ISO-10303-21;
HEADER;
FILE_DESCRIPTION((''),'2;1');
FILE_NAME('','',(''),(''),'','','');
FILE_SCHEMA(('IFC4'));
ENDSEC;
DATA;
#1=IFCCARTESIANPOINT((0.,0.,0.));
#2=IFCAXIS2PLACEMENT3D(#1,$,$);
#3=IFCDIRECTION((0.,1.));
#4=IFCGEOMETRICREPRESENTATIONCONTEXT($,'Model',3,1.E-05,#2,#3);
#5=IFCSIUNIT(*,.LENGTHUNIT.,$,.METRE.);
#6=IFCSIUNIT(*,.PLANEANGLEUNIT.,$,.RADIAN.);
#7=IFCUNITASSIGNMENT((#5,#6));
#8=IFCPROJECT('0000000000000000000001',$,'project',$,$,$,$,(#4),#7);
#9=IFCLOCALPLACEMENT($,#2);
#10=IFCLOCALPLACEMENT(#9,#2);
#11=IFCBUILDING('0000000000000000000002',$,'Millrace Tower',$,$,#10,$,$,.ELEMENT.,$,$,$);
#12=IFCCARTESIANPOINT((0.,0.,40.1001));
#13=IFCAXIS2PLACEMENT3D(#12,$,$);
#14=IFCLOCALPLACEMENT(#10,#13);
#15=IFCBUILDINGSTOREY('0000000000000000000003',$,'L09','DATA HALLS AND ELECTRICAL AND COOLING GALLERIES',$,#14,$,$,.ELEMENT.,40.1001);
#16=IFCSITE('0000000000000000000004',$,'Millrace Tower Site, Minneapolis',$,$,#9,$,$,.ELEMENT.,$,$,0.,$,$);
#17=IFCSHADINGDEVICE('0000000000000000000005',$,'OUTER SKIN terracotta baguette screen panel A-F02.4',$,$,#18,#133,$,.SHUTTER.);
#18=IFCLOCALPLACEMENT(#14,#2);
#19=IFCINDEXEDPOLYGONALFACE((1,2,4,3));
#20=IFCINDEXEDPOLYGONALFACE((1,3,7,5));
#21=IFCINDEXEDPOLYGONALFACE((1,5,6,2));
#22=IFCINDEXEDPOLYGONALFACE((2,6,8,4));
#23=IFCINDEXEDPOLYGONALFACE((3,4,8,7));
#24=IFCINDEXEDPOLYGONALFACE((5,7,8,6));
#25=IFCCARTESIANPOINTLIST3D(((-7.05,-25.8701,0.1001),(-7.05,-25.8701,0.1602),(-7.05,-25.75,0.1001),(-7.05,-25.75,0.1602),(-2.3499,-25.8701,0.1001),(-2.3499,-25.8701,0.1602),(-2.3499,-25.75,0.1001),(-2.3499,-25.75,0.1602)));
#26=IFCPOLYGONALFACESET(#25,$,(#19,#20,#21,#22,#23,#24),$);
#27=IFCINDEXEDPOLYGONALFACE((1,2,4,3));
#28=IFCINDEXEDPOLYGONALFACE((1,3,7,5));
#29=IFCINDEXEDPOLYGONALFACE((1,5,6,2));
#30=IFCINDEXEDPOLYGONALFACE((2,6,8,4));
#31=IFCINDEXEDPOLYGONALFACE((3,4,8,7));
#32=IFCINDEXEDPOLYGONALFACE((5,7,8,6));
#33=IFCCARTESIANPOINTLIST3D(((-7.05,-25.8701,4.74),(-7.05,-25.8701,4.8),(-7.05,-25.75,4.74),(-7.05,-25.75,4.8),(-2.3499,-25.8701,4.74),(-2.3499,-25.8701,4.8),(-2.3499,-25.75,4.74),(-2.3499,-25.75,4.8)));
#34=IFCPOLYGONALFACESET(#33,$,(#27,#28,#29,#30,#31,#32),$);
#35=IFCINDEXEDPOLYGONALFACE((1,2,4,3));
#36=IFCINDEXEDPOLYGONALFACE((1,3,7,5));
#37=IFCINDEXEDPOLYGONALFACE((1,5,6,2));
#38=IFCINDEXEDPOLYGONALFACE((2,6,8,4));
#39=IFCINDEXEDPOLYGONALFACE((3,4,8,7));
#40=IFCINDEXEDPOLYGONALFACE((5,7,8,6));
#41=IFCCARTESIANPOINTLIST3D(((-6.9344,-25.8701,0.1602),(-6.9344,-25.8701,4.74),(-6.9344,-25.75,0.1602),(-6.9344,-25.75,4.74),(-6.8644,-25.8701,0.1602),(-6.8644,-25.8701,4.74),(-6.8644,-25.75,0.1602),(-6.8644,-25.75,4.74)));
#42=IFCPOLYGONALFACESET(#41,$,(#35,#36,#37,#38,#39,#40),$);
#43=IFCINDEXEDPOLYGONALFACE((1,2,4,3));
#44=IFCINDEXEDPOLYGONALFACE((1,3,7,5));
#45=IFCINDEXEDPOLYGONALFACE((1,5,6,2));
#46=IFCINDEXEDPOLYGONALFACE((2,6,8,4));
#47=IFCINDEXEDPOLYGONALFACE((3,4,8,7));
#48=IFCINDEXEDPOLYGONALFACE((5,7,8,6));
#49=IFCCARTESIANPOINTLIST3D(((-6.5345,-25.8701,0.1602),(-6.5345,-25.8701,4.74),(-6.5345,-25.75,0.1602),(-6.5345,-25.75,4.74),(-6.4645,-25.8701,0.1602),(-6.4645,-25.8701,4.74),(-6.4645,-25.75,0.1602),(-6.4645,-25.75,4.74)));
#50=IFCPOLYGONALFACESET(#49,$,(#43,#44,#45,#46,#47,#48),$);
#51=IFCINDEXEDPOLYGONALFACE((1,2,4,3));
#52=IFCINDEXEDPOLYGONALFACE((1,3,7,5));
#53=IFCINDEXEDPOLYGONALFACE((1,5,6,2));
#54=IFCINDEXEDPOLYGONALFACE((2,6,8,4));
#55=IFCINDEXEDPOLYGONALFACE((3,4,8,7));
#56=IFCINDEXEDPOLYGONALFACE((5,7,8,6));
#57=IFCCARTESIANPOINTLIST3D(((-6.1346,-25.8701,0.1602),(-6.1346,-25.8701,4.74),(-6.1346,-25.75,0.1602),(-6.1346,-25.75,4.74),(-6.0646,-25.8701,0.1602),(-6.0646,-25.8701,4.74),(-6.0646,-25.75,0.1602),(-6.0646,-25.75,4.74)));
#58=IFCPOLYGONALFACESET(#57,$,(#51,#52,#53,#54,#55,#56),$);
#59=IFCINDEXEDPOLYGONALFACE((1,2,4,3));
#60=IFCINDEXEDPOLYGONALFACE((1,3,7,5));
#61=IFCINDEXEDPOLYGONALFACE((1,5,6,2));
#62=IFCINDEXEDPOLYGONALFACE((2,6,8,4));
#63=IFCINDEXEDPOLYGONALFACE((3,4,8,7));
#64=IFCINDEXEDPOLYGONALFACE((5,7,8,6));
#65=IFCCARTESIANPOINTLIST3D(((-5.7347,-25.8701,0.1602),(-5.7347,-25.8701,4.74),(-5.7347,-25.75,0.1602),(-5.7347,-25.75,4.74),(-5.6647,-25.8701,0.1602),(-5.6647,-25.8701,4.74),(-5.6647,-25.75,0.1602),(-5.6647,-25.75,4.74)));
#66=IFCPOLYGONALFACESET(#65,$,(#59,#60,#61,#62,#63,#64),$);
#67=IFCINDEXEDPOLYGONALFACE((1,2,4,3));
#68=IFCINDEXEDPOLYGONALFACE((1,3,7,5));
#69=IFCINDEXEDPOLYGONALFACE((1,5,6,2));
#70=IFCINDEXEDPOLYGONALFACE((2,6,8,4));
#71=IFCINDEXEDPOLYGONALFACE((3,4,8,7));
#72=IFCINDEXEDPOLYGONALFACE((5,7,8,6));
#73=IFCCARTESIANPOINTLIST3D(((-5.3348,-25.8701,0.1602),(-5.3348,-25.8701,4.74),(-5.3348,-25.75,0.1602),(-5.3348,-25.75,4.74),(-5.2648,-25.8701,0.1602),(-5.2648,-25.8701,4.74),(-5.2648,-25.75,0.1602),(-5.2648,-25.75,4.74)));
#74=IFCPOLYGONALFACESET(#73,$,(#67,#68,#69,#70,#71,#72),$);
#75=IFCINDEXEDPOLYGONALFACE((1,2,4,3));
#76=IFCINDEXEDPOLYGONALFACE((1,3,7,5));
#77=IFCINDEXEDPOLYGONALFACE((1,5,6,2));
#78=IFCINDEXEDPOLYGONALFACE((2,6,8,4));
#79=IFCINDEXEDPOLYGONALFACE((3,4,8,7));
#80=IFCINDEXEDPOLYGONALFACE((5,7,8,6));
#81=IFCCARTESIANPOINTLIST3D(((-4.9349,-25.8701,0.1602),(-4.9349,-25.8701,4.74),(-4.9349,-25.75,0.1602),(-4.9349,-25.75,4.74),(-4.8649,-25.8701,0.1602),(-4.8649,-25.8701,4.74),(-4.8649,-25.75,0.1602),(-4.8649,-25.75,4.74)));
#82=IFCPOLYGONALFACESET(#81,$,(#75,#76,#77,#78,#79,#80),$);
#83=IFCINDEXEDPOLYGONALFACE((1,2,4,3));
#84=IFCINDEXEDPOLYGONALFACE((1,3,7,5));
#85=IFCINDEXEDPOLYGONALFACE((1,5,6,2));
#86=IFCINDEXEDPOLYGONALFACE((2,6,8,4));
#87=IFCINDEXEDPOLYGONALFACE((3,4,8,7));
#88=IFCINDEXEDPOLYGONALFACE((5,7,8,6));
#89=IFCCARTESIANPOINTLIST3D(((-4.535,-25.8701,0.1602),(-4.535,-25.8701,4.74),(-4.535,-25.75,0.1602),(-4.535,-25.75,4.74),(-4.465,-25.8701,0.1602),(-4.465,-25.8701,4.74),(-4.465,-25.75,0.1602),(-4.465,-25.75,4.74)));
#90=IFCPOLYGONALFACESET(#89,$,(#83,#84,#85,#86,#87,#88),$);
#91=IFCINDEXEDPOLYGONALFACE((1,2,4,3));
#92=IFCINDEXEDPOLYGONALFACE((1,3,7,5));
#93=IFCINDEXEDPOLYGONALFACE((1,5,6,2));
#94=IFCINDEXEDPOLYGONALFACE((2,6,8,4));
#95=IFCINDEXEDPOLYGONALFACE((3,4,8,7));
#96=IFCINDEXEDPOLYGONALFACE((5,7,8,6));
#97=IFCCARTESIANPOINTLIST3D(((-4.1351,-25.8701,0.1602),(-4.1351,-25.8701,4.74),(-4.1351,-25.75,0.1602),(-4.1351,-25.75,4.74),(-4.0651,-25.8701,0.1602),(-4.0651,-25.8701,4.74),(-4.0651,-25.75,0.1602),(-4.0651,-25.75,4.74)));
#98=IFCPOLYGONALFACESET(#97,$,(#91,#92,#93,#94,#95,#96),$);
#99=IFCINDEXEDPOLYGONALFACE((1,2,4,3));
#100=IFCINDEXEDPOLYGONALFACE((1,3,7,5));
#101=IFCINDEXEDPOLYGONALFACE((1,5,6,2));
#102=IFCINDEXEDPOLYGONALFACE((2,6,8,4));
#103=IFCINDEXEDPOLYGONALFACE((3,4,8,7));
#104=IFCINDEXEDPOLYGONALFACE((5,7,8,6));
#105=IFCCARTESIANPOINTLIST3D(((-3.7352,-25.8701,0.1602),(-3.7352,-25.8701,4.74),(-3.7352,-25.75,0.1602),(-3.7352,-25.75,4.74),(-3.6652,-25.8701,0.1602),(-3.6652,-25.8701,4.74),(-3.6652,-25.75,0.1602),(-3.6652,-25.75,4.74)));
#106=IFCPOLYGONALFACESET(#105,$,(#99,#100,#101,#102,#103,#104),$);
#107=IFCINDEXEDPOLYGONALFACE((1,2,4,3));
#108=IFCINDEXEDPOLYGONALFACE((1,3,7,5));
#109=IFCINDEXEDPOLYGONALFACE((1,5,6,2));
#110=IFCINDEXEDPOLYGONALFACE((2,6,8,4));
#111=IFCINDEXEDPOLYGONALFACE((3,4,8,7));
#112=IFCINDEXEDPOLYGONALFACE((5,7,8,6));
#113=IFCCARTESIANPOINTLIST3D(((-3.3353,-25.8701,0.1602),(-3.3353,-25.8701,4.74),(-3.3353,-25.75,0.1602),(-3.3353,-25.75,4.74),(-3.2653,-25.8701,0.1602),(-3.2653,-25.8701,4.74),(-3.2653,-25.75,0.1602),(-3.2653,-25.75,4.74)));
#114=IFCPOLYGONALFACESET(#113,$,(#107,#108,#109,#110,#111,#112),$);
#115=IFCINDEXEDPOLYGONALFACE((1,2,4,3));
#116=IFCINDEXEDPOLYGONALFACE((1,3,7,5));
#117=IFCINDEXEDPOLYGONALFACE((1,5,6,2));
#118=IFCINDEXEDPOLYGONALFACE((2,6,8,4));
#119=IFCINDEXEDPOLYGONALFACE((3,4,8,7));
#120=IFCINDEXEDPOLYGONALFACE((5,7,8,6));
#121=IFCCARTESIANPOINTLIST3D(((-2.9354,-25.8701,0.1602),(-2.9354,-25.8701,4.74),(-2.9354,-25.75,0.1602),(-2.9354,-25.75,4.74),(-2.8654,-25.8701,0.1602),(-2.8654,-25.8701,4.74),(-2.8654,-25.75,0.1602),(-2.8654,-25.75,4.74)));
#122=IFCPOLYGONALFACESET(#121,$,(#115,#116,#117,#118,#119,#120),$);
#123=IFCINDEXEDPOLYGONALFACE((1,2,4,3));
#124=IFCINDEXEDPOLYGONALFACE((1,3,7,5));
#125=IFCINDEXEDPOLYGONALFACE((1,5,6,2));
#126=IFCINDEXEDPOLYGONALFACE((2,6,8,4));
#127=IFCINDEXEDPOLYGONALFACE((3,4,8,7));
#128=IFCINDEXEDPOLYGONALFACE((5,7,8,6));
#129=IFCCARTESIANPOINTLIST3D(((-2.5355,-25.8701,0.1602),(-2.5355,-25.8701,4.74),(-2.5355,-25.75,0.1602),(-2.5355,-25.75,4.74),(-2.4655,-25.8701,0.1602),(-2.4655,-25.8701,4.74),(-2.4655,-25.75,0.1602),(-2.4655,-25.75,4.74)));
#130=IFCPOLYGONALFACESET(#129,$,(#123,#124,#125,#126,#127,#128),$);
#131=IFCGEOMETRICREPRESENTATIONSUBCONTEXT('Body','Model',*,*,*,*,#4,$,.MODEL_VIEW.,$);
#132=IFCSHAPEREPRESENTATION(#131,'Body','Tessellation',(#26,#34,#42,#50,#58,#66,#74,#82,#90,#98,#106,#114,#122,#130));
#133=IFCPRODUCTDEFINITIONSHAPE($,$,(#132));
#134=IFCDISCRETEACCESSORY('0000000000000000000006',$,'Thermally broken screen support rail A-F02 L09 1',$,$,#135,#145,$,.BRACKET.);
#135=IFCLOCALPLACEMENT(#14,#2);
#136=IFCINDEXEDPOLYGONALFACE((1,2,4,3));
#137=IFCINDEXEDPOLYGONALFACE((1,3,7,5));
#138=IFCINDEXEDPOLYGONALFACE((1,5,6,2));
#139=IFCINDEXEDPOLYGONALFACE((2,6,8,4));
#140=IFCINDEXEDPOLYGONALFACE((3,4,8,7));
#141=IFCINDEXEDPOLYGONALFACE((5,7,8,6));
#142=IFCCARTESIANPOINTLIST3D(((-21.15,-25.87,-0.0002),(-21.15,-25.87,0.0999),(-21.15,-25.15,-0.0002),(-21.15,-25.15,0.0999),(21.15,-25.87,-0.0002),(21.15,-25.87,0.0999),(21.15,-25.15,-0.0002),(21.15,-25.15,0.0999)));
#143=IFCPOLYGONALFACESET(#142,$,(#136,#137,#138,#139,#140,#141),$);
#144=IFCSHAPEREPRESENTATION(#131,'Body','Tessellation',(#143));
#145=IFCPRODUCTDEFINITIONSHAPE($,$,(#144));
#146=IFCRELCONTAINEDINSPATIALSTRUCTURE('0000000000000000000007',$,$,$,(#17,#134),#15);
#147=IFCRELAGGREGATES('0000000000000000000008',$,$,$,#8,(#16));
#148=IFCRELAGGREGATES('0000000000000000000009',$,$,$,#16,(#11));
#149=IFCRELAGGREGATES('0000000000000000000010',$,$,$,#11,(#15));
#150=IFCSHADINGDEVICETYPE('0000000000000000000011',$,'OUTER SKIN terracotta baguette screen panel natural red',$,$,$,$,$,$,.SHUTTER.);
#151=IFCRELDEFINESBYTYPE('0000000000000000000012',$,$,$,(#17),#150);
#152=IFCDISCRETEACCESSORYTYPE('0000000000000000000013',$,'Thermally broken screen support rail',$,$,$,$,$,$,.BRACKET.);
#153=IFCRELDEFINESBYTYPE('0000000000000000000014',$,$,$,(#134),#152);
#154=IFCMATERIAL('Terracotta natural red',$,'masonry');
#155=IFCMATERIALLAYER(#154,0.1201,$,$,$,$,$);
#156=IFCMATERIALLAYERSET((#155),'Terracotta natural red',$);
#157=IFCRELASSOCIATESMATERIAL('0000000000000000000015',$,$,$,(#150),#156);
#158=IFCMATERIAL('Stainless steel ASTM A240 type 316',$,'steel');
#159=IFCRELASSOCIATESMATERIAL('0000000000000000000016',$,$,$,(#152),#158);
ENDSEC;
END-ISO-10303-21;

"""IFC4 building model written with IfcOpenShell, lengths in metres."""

from ifc_helpers import new_model, entity, si_unit, direction, frame, frame_2d, origin, origin_2d, place, context, subcontext, project, spatial, rectangle, extrude, source, transform, mapped, material, layer, layer_set, type_object, element, save


model = new_model("IFC4")

# Units and contexts
model_context = context("Model", 3, precision=1e-05, world=origin(), true_north=direction((0.0, 1.0)))
body_context = subcontext(model_context, "Body", "Model", "MODEL_VIEW")
ifc_project = project(units=[si_unit("LENGTHUNIT", "METRE"), si_unit("PLANEANGLEUNIT", "RADIAN")], contexts=[model_context])

# Site, building, storey
site_placement = place(None, origin())
site = spatial("IfcSite", under=ifc_project, at=site_placement, Name="Millrace Tower Site, Minneapolis", CompositionType="ELEMENT", RefElevation=0.0)
building_placement = place(site_placement, origin())
building = spatial("IfcBuilding", under=site, at=building_placement, Name="Millrace Tower", CompositionType="ELEMENT")
storey_placement = place(building_placement, frame((0.0, 0.0, 40.1001)))
storey = spatial("IfcBuildingStorey", under=building, at=storey_placement, Name="L09", Description="DATA HALLS AND ELECTRICAL AND COOLING GALLERIES", CompositionType="ELEMENT", Elevation=40.1001)

# Shading device
cartesian_point = entity("IfcCartesianPoint", [-2.3501, 0.0601])
shared_polyline = entity("IfcPolyline", [cartesian_point, entity("IfcCartesianPoint", [2.3501, 0.0601]), entity("IfcCartesianPoint", [2.3501, -0.0601]), entity("IfcCartesianPoint", [-2.3501, -0.0601]), cartesian_point])
ifc_material_1 = material(Name="Terracotta natural red", Category="masonry")
ifc_layer_1 = layer(ifc_material_1, 0.1201)
ifc_layer_set_1 = layer_set([ifc_layer_1], Name="Terracotta natural red")
shading_device_type_1 = type_object("IfcShadingDeviceType", Name="OUTER SKIN terracotta baguette screen panel natural red", PredefinedType="SHUTTER", material=ifc_layer_set_1)
shared_shape_1 = source(origin(), body_context, "Body", "SweptSolid", [
    entity("IfcExtrudedAreaSolid", entity("IfcArbitraryClosedProfileDef", "AREA", None, shared_polyline), entity("IfcAxis2Placement3D", entity("IfcCartesianPoint", [0.0, 0.0, 0.0])), entity("IfcDirection", [0.0, 0.0, 1.0]), 0.0601),
    entity("IfcExtrudedAreaSolid", entity("IfcArbitraryClosedProfileDef", "AREA", None, shared_polyline), entity("IfcAxis2Placement3D", entity("IfcCartesianPoint", [0.0, 0.0, 4.6399])), entity("IfcDirection", [0.0, 0.0, 1.0]), 0.0601),
    extrude(rectangle(XDim=0.0701, YDim=0.1201, at=frame_2d((-2.1995, 0.0))), frame((0.0, 0.0, 0.0601)), (0.0, 0.0, 1.0), 4.5798),
    extrude(rectangle(XDim=0.0701, YDim=0.1201, at=frame_2d((-1.7996, 0.0))), frame((0.0, 0.0, 0.0601)), (0.0, 0.0, 1.0), 4.5798),
    extrude(rectangle(XDim=0.0701, YDim=0.1201, at=frame_2d((-1.3997, 0.0))), frame((0.0, 0.0, 0.0601)), (0.0, 0.0, 1.0), 4.5798),
    extrude(rectangle(XDim=0.0701, YDim=0.1201, at=frame_2d((-0.9998, 0.0))), frame((0.0, 0.0, 0.0601)), (0.0, 0.0, 1.0), 4.5798),
    extrude(rectangle(XDim=0.0701, YDim=0.1201, at=frame_2d((-0.5999, 0.0))), frame((0.0, 0.0, 0.0601)), (0.0, 0.0, 1.0), 4.5798),
    extrude(rectangle(XDim=0.0701, YDim=0.1201, at=frame_2d((-0.2, 0.0))), frame((0.0, 0.0, 0.0601)), (0.0, 0.0, 1.0), 4.5798),
    extrude(rectangle(XDim=0.0701, YDim=0.1201, at=frame_2d((0.2, 0.0))), frame((0.0, 0.0, 0.0601)), (0.0, 0.0, 1.0), 4.5798),
    extrude(rectangle(XDim=0.0701, YDim=0.1201, at=frame_2d((0.5999, 0.0))), frame((0.0, 0.0, 0.0601)), (0.0, 0.0, 1.0), 4.5798),
    extrude(rectangle(XDim=0.0701, YDim=0.1201, at=frame_2d((0.9998, 0.0))), frame((0.0, 0.0, 0.0601)), (0.0, 0.0, 1.0), 4.5798),
    extrude(rectangle(XDim=0.0701, YDim=0.1201, at=frame_2d((1.3997, 0.0))), frame((0.0, 0.0, 0.0601)), (0.0, 0.0, 1.0), 4.5798),
    extrude(rectangle(XDim=0.0701, YDim=0.1201, at=frame_2d((1.7996, 0.0))), frame((0.0, 0.0, 0.0601)), (0.0, 0.0, 1.0), 4.5798),
    extrude(rectangle(XDim=0.0701, YDim=0.1201, at=frame_2d((2.1995, 0.0))), frame((0.0, 0.0, 0.0601)), (0.0, 0.0, 1.0), 4.5798),
])
for number, where, z_axis, x_axis, name in (
    (1, (-4.7, -25.8101, 0.1001), (0.0, 0.0, 1.0), (1.0, 0.0, 0.0), "OUTER SKIN terracotta baguette screen panel A-F02.4"),
):
    element("IfcShadingDevice", number, at=place(storey_placement, frame(where, z_axis=z_axis, x_axis=x_axis)), inside=storey, type_object=shading_device_type_1, Name=name, PredefinedType="SHUTTER", context=body_context, shape_type="MappedRepresentation", body=[
        mapped(shared_shape_1, transform((0.0, 0.0, 0.0), scale=1.0)),
    ])

# Discrete accessory
ifc_material_2 = material(Name="Stainless steel ASTM A240 type 316", Category="steel")
discrete_accessory_type = type_object("IfcDiscreteAccessoryType", Name="Thermally broken screen support rail", PredefinedType="BRACKET", material=ifc_material_2)
discrete_accessory_placement = place(storey_placement, frame((0.0, -25.51, -0.0002), z_axis=(0.0, 0.0, 1.0), x_axis=(1.0, 0.0, 0.0)))
element("IfcDiscreteAccessory", 2, at=discrete_accessory_placement, inside=storey, type_object=discrete_accessory_type, Name="Thermally broken screen support rail A-F02 L09 1", PredefinedType="BRACKET", context=body_context, shape_type="SweptSolid", body=[
    extrude(rectangle(XDim=42.3, YDim=0.72, at=origin_2d()), origin(), (0.0, 0.0, 1.0), 0.1001),
])

save(model, "model.ifc")
